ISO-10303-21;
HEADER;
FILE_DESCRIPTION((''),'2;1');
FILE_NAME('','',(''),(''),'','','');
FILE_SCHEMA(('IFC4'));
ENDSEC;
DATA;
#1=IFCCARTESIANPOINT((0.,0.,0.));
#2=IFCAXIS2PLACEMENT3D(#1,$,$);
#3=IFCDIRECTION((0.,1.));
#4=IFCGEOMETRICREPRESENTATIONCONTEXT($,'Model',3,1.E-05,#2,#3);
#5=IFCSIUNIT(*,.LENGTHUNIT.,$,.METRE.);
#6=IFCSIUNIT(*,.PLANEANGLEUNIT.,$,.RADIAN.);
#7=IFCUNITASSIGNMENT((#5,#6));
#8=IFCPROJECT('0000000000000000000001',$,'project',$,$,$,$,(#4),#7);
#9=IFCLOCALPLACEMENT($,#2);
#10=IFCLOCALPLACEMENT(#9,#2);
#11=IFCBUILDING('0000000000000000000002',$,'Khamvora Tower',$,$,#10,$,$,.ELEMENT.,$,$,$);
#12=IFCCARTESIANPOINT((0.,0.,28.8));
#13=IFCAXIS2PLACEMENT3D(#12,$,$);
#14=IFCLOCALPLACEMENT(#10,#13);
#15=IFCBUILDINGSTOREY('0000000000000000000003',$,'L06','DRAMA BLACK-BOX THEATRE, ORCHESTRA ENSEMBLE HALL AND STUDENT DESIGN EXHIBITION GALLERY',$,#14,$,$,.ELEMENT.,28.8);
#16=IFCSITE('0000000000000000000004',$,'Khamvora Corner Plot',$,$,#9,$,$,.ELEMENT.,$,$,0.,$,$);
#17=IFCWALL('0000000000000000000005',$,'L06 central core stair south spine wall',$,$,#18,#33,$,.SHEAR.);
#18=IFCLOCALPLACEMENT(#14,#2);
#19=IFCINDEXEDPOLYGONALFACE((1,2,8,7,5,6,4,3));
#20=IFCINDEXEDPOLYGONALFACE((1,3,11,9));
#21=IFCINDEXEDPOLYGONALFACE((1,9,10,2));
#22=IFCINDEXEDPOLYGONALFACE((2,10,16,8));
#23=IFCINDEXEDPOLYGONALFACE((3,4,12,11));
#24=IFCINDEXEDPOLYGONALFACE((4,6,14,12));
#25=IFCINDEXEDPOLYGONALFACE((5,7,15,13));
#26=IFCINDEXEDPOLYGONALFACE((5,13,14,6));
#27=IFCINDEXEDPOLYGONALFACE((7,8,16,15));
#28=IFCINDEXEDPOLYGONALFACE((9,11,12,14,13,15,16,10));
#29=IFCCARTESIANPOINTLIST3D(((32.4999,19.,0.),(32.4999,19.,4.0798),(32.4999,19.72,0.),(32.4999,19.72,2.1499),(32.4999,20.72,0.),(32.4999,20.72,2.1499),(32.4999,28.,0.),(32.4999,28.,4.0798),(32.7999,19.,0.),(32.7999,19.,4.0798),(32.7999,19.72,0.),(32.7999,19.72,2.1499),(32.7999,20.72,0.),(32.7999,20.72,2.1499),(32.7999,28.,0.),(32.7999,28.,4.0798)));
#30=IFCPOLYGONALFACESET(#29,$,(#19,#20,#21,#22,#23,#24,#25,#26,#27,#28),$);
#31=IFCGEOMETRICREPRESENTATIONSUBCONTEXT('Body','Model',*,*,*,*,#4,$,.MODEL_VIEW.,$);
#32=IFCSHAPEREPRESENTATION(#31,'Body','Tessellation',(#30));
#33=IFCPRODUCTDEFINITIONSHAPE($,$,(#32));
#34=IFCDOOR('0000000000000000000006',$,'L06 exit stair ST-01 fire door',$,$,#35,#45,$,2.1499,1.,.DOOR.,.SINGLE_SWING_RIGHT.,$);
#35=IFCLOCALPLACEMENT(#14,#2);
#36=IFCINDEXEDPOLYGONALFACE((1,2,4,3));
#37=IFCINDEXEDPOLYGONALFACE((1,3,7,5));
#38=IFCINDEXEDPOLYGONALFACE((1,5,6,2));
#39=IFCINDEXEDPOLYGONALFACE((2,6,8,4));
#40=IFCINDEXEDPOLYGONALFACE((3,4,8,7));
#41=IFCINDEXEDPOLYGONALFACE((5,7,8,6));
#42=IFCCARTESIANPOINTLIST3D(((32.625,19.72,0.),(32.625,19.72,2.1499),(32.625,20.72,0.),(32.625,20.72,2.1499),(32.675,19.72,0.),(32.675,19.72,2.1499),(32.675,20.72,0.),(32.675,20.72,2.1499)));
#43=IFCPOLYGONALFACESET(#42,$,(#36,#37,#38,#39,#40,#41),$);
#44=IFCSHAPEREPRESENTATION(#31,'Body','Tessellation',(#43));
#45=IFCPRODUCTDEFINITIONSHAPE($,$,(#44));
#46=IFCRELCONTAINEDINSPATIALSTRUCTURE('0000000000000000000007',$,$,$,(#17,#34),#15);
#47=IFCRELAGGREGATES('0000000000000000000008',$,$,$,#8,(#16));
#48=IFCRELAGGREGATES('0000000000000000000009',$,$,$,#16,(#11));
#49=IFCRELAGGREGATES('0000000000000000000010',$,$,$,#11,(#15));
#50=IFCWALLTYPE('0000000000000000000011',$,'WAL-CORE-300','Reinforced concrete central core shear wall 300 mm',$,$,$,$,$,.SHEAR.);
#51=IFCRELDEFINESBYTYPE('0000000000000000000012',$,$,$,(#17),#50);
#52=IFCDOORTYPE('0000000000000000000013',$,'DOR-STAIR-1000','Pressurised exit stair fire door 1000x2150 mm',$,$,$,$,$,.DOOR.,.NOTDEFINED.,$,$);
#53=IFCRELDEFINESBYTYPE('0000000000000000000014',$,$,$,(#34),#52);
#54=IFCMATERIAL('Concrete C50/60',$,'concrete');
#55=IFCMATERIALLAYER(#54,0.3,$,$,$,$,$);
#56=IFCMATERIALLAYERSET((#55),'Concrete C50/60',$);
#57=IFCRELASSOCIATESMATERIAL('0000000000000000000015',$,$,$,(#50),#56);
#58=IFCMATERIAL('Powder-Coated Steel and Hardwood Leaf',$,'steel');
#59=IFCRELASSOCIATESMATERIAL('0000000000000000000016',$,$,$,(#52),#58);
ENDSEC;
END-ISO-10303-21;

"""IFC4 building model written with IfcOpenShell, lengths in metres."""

from ifc_helpers import new_model, si_unit, direction, frame, frame_2d, origin, place, context, subcontext, project, spatial, rectangle, extrude, material, layer, layer_set, type_object, element, fill, save


model = new_model("IFC4")

# Units and contexts
model_context = context("Model", 3, precision=1e-05, world=origin(), true_north=direction((0.0, 1.0)))
body_context = subcontext(model_context, "Body", "Model", "MODEL_VIEW")
ifc_project = project(units=[si_unit("LENGTHUNIT", "METRE"), si_unit("PLANEANGLEUNIT", "RADIAN")], contexts=[model_context])

# Site, building, storey
site_placement = place(None, origin())
site = spatial("IfcSite", under=ifc_project, at=site_placement, Name="Khamvora Corner Plot", CompositionType="ELEMENT", RefElevation=0.0)
building_placement = place(site_placement, origin())
building = spatial("IfcBuilding", under=site, at=building_placement, Name="Khamvora Tower", CompositionType="ELEMENT")
storey_placement = place(building_placement, frame((0.0, 0.0, 28.8)))
storey = spatial("IfcBuildingStorey", under=building, at=storey_placement, Name="L06", Description="DRAMA BLACK-BOX THEATRE, ORCHESTRA ENSEMBLE HALL AND STUDENT DESIGN EXHIBITION GALLERY", CompositionType="ELEMENT", Elevation=28.8)

# Wall, opening, door
ifc_material_1 = material(Name="Concrete C50/60", Category="concrete")
ifc_layer_1 = layer(ifc_material_1, 0.3)
ifc_layer_set_1 = layer_set([ifc_layer_1], Name="Concrete C50/60")
wall_type = type_object("IfcWallType", Name="WAL-CORE-300", Description="Reinforced concrete central core shear wall 300 mm", PredefinedType="SHEAR", material=ifc_layer_set_1)
wall_placement = place(storey_placement, frame((32.6499, 19.0, 0.0), z_axis=(0.0, 0.0, 1.0), x_axis=(0.0, 1.0, 0.0)))
wall = element("IfcWall", 1, at=wall_placement, inside=storey, type_object=wall_type, Name="L06 central core stair south spine wall", PredefinedType="SHEAR", context=body_context, shape_type="SweptSolid", body=[
    extrude(rectangle(XDim=9.0, YDim=0.3, at=frame_2d((4.5, 0.0))), origin(), (0.0, 0.0, 1.0), 4.0798),
])
opening_placement = place(wall_placement, frame((0.72, 0.0, 0.0)))
opening = element("IfcOpeningElement", 2, at=opening_placement, cuts=wall, PredefinedType="OPENING", context=body_context, shape_type="SweptSolid", body=[
    extrude(rectangle(XDim=1.0, YDim=2.1499, at=frame_2d((0.5, 1.075))), frame((0.0, 0.1599, 0.0), z_axis=(0.0, -1.0, 0.0), x_axis=(1.0, 0.0, 0.0)), (0.0, 0.0, 1.0), 0.3201),
])
ifc_material_2 = material(Name="Powder-Coated Steel and Hardwood Leaf", Category="steel")
door_type = type_object("IfcDoorType", Name="DOR-STAIR-1000", Description="Pressurised exit stair fire door 1000x2150 mm", OperationType="NOTDEFINED", PredefinedType="DOOR", material=ifc_material_2)
door_placement = place(opening_placement, origin())
door = element("IfcDoor", 3, at=door_placement, inside=storey, type_object=door_type, Name="L06 exit stair ST-01 fire door", OperationType="SINGLE_SWING_RIGHT", OverallHeight=2.1499, OverallWidth=1.0, PredefinedType="DOOR", context=body_context, shape_type="SweptSolid", body=[
    extrude(rectangle(XDim=1.0, YDim=2.1499, at=frame_2d((0.5, 1.075))), frame((0.0, 0.0249, 0.0), z_axis=(0.0, -1.0, 0.0), x_axis=(1.0, 0.0, 0.0)), (0.0, 0.0, 1.0), 0.05),
])
fill(opening, door)

save(model, "model.ifc")
